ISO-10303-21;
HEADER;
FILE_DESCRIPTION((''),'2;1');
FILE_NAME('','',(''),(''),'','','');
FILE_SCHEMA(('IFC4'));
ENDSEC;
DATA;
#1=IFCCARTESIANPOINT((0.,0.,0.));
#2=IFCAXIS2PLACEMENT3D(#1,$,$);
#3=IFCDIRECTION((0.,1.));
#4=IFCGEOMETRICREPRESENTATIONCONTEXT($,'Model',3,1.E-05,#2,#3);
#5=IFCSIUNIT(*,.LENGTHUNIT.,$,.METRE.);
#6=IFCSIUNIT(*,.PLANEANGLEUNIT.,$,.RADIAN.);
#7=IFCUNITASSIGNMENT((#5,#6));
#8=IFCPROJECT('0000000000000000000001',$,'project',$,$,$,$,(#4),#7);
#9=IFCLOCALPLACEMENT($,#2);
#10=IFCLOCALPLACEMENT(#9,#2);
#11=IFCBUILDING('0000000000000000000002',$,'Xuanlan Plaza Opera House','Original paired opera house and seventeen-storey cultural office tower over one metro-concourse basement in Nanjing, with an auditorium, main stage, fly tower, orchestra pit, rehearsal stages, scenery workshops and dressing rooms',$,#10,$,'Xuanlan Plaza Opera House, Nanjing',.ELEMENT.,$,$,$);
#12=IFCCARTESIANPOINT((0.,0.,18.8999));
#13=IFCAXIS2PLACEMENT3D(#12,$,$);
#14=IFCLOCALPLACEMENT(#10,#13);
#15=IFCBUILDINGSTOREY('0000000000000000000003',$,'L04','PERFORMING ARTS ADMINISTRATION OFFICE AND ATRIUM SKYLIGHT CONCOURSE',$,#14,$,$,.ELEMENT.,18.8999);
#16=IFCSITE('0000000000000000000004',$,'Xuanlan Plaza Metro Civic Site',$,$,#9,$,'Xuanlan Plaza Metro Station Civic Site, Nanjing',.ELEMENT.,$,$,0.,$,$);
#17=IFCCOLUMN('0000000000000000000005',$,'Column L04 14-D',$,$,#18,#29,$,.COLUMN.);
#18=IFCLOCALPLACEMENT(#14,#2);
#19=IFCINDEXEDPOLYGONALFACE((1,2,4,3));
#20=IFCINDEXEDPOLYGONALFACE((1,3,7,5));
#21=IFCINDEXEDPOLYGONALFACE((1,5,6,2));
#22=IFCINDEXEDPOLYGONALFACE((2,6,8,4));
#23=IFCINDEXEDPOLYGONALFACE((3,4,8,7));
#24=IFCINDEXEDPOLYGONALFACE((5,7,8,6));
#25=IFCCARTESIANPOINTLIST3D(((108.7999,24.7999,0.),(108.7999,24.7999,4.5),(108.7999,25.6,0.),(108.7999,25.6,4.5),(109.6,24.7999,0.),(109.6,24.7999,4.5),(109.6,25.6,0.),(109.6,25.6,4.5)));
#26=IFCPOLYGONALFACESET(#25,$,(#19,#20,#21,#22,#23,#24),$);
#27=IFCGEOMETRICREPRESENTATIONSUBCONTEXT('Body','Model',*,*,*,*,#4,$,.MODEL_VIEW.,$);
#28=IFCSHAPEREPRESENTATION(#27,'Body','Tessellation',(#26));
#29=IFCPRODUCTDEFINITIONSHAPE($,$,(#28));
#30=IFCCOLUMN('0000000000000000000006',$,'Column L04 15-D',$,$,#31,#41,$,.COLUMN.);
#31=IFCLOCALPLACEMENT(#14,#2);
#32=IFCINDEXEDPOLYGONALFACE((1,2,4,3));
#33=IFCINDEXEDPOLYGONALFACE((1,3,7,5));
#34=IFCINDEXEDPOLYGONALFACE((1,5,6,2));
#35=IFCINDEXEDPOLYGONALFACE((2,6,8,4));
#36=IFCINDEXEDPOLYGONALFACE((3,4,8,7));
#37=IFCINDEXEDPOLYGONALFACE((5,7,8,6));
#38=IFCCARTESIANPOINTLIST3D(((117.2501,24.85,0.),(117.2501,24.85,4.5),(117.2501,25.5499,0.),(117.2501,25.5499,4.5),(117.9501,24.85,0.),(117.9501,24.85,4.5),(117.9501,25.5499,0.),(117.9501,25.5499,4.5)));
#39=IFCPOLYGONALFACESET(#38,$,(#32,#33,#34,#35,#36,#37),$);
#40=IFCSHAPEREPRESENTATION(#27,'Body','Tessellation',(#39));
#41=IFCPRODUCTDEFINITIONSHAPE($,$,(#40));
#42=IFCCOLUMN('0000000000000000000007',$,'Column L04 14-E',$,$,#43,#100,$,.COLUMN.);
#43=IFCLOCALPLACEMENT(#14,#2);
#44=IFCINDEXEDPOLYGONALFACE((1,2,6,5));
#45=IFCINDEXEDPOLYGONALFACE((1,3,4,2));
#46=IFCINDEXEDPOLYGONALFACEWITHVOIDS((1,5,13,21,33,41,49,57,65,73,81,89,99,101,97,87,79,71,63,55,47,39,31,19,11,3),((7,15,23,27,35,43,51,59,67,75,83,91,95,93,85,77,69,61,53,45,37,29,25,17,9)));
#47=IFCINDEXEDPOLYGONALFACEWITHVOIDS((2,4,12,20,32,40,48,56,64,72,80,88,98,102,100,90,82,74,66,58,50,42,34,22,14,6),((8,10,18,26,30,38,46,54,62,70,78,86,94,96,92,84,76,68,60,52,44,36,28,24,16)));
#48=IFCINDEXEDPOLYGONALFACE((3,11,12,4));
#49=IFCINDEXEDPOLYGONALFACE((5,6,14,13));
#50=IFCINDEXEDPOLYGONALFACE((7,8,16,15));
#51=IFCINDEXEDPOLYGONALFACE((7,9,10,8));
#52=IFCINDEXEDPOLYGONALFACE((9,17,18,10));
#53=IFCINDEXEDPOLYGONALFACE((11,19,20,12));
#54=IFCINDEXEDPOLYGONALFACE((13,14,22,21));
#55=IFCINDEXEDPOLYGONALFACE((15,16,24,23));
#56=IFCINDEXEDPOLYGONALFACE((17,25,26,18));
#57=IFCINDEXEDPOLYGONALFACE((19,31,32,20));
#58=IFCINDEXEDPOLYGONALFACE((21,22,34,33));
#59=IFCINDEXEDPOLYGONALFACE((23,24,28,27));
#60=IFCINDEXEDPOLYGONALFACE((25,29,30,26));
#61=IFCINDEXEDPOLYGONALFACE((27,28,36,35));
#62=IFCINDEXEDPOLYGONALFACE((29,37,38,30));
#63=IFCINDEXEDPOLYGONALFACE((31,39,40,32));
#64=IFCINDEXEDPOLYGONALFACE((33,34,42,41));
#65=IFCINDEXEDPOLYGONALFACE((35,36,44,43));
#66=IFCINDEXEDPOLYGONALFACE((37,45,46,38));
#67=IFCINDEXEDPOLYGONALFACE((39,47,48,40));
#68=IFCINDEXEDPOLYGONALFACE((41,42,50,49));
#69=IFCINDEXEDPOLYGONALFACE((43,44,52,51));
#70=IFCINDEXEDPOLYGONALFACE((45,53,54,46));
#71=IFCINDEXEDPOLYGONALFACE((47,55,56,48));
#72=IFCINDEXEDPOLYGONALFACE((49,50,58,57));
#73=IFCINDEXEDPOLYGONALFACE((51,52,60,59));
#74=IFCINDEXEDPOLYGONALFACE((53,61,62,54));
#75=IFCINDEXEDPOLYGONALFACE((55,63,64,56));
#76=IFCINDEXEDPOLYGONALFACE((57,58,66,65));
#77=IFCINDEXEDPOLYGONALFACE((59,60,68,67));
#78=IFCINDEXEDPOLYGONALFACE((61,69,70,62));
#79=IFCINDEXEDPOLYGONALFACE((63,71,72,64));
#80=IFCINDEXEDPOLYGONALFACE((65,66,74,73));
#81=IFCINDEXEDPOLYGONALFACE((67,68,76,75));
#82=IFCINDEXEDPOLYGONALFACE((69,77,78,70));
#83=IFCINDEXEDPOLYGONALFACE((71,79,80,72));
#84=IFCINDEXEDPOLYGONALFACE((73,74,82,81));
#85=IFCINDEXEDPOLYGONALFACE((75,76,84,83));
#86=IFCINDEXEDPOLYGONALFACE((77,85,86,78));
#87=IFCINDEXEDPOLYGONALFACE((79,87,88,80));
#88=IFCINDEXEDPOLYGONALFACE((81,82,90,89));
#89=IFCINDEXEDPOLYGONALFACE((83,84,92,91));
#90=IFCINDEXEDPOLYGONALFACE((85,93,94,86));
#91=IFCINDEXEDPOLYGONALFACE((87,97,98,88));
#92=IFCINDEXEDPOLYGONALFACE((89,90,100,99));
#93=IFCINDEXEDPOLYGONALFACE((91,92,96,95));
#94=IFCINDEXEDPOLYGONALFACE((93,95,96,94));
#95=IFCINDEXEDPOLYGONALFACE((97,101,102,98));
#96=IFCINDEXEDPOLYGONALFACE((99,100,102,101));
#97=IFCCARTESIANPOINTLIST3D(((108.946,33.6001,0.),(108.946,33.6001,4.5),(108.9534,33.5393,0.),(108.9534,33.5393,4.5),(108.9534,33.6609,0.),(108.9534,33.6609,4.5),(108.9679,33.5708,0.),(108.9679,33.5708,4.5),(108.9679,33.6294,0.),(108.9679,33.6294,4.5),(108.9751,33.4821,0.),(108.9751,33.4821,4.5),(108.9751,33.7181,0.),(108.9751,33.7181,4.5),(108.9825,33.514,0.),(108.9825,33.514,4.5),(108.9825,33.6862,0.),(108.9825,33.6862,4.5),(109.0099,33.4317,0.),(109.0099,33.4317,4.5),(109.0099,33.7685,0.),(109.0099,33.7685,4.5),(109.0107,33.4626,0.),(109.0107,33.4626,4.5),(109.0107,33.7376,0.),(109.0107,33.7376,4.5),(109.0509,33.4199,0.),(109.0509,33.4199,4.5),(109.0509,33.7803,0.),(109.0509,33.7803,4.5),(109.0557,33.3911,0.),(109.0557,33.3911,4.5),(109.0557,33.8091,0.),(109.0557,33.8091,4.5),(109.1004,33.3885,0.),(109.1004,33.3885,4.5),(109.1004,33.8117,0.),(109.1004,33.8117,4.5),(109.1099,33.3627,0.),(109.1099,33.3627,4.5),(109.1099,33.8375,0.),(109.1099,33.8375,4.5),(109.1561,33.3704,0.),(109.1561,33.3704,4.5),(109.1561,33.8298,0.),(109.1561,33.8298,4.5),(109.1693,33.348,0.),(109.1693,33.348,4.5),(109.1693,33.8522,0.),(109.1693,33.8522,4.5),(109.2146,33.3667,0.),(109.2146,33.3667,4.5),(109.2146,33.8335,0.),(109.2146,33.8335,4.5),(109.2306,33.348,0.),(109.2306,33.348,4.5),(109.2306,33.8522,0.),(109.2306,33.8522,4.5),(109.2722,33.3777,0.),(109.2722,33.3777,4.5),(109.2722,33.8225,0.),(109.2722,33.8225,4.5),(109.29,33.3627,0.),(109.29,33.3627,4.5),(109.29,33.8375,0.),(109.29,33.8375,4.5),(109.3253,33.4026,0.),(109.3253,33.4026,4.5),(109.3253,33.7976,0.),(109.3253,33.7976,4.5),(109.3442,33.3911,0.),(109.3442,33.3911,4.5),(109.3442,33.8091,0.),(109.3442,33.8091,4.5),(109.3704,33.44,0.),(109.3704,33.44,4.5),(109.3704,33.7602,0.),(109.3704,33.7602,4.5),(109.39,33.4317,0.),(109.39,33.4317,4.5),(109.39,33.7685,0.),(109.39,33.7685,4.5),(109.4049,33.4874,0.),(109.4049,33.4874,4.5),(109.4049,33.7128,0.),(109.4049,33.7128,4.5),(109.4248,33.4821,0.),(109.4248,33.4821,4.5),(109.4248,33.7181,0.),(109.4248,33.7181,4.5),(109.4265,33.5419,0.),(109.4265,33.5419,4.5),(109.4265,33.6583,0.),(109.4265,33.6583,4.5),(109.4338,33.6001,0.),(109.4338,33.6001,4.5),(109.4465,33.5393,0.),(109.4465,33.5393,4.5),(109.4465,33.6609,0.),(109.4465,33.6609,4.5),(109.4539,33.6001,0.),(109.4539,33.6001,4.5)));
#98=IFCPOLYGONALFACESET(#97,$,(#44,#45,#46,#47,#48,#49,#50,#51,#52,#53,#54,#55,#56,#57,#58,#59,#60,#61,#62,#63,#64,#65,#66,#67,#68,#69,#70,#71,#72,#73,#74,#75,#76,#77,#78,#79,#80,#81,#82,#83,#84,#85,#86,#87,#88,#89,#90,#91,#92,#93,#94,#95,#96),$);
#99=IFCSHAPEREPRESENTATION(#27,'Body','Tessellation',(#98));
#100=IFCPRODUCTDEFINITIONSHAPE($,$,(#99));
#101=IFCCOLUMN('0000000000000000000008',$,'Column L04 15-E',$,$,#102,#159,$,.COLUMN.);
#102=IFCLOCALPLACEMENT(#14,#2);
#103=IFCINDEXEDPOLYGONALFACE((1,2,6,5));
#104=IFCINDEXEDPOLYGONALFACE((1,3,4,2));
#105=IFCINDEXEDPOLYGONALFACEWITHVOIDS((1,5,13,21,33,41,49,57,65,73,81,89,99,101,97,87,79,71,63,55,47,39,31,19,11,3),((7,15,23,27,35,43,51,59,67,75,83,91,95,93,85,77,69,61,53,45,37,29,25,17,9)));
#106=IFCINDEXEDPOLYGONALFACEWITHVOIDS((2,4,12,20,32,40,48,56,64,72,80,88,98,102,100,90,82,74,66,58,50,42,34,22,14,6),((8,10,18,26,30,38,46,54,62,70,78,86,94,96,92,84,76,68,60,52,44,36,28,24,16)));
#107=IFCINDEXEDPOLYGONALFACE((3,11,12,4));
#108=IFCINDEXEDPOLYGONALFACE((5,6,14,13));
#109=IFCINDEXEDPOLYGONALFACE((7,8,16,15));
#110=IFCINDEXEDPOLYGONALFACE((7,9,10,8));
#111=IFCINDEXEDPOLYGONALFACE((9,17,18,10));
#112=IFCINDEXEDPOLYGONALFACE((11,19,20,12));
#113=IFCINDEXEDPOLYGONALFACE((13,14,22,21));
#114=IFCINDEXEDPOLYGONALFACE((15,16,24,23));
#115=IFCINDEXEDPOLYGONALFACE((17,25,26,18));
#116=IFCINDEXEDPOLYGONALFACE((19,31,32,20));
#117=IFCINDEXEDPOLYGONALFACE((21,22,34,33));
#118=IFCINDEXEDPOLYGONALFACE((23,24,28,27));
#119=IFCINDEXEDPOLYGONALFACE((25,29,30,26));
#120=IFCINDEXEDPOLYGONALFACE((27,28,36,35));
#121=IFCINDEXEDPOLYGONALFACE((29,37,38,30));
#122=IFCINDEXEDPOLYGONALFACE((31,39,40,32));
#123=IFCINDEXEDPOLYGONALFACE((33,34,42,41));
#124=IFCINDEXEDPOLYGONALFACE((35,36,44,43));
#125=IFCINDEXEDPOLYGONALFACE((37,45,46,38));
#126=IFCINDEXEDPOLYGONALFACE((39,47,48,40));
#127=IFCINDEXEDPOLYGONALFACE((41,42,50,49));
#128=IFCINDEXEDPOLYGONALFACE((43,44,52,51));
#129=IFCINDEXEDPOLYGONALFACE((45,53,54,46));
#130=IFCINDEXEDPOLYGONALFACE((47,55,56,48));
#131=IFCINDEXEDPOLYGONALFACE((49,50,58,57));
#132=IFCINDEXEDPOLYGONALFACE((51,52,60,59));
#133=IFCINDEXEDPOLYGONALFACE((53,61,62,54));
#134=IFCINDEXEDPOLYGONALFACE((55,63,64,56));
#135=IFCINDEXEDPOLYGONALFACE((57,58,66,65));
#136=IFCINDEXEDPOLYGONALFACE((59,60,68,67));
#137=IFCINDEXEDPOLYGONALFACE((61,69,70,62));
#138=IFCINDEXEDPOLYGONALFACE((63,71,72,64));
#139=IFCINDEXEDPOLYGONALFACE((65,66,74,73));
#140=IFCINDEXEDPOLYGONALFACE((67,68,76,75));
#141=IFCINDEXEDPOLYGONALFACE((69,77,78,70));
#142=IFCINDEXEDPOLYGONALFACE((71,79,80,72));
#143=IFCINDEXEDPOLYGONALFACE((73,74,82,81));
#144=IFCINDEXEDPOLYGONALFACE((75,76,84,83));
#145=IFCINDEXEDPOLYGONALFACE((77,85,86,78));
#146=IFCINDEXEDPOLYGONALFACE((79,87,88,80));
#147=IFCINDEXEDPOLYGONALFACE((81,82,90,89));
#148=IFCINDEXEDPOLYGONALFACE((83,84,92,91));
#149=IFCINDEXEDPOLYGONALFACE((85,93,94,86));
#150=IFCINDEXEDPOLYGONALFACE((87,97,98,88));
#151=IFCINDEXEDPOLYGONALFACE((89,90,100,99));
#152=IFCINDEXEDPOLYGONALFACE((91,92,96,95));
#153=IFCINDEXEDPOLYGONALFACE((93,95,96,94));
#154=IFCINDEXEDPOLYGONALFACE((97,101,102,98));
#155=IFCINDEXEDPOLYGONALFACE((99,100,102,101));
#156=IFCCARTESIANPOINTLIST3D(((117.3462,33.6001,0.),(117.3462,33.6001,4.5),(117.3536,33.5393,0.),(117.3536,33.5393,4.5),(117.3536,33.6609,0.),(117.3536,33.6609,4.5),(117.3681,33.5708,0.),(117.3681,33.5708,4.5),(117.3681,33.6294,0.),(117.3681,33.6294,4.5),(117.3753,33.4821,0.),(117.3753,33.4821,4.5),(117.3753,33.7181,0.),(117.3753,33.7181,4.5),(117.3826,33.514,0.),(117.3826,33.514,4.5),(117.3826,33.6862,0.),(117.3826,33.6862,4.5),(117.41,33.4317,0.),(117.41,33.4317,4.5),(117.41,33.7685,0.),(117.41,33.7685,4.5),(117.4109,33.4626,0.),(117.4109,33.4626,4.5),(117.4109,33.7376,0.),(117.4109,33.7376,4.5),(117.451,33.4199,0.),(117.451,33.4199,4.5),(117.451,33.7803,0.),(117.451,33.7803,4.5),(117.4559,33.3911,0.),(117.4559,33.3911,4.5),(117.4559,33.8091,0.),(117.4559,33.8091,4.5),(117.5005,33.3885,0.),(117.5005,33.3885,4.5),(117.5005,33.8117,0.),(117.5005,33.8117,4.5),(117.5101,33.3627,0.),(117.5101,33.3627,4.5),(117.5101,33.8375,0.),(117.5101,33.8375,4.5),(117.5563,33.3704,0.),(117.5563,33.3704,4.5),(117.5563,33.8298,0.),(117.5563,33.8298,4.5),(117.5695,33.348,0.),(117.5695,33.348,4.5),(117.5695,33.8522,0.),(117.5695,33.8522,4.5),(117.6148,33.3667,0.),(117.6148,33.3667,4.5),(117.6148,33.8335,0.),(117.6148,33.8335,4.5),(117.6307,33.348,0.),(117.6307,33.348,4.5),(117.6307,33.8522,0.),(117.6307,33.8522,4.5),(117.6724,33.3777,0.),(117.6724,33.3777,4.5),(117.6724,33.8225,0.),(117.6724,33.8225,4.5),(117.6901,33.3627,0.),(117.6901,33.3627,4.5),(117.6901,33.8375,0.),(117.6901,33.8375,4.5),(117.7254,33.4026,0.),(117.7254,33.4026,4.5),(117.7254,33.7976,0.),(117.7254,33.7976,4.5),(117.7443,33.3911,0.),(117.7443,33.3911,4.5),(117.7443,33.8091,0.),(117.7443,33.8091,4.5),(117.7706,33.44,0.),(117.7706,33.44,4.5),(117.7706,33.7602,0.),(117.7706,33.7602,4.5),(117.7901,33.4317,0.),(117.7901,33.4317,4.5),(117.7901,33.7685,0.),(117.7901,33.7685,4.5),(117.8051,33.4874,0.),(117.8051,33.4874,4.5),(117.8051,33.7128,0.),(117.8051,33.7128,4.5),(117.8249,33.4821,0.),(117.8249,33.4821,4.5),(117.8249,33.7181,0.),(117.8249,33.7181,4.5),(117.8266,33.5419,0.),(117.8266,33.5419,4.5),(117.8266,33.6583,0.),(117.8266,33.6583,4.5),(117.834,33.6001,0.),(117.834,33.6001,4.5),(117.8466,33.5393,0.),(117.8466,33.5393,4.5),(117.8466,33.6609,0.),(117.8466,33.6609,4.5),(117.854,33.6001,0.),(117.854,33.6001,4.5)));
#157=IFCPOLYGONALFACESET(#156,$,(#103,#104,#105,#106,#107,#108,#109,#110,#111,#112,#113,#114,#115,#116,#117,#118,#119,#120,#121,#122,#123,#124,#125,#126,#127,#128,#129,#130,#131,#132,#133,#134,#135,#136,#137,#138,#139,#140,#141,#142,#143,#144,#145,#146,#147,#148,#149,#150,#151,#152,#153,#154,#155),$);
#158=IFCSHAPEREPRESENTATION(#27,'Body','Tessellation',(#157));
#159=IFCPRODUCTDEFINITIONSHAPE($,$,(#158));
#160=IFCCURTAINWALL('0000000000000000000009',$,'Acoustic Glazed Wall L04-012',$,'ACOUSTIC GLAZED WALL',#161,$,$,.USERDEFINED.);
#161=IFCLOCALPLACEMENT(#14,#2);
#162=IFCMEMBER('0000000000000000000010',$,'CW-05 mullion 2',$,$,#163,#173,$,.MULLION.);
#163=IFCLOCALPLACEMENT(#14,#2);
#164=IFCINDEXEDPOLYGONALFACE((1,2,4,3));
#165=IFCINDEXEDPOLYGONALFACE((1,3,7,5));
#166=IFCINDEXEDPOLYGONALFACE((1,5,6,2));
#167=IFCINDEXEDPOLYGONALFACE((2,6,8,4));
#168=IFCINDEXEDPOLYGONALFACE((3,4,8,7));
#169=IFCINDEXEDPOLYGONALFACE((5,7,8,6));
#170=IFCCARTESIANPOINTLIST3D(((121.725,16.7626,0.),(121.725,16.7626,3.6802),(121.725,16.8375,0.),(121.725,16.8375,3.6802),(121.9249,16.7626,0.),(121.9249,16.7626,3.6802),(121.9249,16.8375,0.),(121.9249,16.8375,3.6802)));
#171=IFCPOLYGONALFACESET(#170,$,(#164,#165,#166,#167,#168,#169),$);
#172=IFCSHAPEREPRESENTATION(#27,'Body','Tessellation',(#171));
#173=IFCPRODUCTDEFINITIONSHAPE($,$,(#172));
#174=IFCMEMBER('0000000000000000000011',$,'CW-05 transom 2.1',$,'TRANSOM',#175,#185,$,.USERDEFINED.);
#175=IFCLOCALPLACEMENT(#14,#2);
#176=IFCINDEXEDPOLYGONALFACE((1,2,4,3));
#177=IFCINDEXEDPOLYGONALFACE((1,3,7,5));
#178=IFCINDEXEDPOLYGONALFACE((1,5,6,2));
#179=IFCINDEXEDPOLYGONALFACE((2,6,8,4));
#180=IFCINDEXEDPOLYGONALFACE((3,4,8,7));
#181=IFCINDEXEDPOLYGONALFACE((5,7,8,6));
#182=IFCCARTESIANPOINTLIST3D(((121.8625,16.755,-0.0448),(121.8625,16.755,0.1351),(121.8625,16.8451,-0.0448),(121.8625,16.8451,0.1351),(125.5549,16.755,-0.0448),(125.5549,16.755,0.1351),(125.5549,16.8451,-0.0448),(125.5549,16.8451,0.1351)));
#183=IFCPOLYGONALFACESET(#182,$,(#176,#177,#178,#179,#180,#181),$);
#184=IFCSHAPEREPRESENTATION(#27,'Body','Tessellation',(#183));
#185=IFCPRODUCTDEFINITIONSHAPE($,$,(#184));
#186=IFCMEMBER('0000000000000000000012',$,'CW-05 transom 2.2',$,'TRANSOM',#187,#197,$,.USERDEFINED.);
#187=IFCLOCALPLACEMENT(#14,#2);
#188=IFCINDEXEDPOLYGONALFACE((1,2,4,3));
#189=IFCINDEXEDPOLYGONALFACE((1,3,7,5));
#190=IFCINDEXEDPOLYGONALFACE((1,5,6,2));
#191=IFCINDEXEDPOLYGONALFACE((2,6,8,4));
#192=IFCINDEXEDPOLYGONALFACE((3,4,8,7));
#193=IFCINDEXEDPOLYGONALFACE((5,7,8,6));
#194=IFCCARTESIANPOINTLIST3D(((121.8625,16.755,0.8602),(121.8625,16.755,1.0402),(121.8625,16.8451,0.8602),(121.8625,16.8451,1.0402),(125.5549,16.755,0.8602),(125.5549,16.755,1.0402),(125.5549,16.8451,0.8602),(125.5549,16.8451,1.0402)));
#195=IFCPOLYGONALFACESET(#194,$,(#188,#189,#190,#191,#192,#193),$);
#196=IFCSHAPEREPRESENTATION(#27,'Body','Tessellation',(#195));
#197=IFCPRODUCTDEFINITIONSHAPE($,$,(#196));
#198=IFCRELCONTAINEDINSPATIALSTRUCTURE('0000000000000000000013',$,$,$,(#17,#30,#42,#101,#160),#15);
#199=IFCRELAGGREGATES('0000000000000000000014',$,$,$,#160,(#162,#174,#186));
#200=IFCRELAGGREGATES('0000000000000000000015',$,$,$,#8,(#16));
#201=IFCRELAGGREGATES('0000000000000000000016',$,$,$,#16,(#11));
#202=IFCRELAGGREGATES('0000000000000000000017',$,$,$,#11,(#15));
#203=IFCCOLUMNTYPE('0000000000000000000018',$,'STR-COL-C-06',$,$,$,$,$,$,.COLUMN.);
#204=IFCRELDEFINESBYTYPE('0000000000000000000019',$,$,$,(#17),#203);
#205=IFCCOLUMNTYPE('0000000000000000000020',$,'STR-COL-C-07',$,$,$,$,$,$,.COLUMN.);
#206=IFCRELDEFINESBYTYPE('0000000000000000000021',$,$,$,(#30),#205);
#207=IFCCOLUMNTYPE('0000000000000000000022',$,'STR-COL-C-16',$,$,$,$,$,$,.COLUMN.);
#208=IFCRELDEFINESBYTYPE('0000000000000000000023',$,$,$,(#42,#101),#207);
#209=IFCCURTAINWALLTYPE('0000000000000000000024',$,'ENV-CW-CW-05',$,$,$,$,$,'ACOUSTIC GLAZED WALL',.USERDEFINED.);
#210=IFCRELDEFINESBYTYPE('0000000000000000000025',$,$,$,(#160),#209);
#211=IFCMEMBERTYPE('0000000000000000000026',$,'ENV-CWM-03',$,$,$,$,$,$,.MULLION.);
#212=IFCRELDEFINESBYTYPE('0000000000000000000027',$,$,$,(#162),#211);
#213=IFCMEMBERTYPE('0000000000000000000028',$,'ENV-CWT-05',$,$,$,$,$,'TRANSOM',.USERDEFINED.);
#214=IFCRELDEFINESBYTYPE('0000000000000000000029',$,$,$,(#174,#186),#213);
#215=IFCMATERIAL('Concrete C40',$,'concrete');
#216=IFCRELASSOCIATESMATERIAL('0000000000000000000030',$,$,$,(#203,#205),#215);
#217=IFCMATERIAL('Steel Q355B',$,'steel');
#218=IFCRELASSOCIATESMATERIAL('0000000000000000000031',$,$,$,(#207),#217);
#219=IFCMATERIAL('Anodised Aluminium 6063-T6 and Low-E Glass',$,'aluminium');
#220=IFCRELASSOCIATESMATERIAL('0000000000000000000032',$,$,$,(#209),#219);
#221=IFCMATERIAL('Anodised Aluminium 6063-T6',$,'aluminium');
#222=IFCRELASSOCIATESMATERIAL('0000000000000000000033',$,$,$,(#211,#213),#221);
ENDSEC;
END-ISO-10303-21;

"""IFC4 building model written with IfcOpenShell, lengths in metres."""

from ifc_helpers import new_model, si_unit, direction, frame, origin, origin_2d, place, context, subcontext, project, spatial, rectangle, hollow_circle, extrude, material, material_profile, profile_set, type_object, element, aggregate, save


model = new_model("IFC4")

# Units and contexts
model_context = context("Model", 3, precision=1e-05, world=origin(), true_north=direction((0.0, 1.0)))
body_context = subcontext(model_context, "Body", "Model", "MODEL_VIEW")
ifc_project = project(units=[si_unit("LENGTHUNIT", "METRE"), si_unit("PLANEANGLEUNIT", "RADIAN")], contexts=[model_context])

# Site, building, storey
site_placement = place(None, origin())
site = spatial("IfcSite", under=ifc_project, at=site_placement, Name="Xuanlan Plaza Metro Civic Site", LongName="Xuanlan Plaza Metro Station Civic Site, Nanjing", CompositionType="ELEMENT", RefElevation=0.0)
building_placement = place(site_placement, origin())
building = spatial("IfcBuilding", under=site, at=building_placement, Name="Xuanlan Plaza Opera House", Description="Original paired opera house and seventeen-storey cultural office tower over one metro-concourse basement in Nanjing, with an auditorium, main stage, fly tower, orchestra pit, rehearsal stages, scenery workshops and dressing rooms", LongName="Xuanlan Plaza Opera House, Nanjing", CompositionType="ELEMENT")
storey_placement = place(building_placement, frame((0.0, 0.0, 18.8999)))
storey = spatial("IfcBuildingStorey", under=building, at=storey_placement, Name="L04", Description="PERFORMING ARTS ADMINISTRATION OFFICE AND ATRIUM SKYLIGHT CONCOURSE", CompositionType="ELEMENT", Elevation=18.8999)

# Columns
ifc_material_1 = material(Name="Concrete C40", Category="concrete")
ifc_material_profile_1 = material_profile(ifc_material_1, rectangle(XDim=0.8, YDim=0.8, at=origin_2d()), Name="RC-COL 800x800")
ifc_profile_set_1 = profile_set([ifc_material_profile_1], Name="Concrete C40")
column_type_1 = type_object("IfcColumnType", Name="STR-COL-C-06", PredefinedType="COLUMN", material=ifc_profile_set_1)
column_1_placement = place(storey_placement, frame((109.2, 25.2, 0.0), z_axis=(0.0, 0.0, 1.0), x_axis=(1.0, 0.0, 0.0)))
element("IfcColumn", 1, at=column_1_placement, inside=storey, type_object=column_type_1, Name="Column L04 14-D", PredefinedType="COLUMN", context=body_context, shape_type="SweptSolid", body=[
    extrude(rectangle(XDim=0.8, YDim=0.8, at=origin_2d()), origin(), (0.0, 0.0, 1.0), 4.5),
])
ifc_material_profile_2 = material_profile(ifc_material_1, rectangle(XDim=0.7, YDim=0.7, at=origin_2d()), Name="RC-COL 700x700")
ifc_profile_set_2 = profile_set([ifc_material_profile_2], Name="Concrete C40")
column_type_2 = type_object("IfcColumnType", Name="STR-COL-C-07", PredefinedType="COLUMN", material=ifc_profile_set_2)
column_2_placement = place(storey_placement, frame((117.6001, 25.2, 0.0), z_axis=(0.0, 0.0, 1.0), x_axis=(1.0, 0.0, 0.0)))
element("IfcColumn", 2, at=column_2_placement, inside=storey, type_object=column_type_2, Name="Column L04 15-D", PredefinedType="COLUMN", context=body_context, shape_type="SweptSolid", body=[
    extrude(rectangle(XDim=0.7, YDim=0.7, at=origin_2d()), origin(), (0.0, 0.0, 1.0), 4.5),
])
ifc_material_2 = material(Name="Steel Q355B", Category="steel")
ifc_material_profile_3 = material_profile(ifc_material_2, hollow_circle(Radius=0.2539, WallThickness=0.02, at=origin_2d()), Name="CHS 508x20")
ifc_profile_set_3 = profile_set([ifc_material_profile_3], Name="Steel Q355B")
column_type_3 = type_object("IfcColumnType", Name="STR-COL-C-16", PredefinedType="COLUMN", material=ifc_profile_set_3)
for number, where, z_axis, x_axis, name in (
    (3, (109.2, 33.6001, 0.0), (0.0, 0.0, 1.0), (1.0, 0.0, 0.0), "Column L04 14-E"),
    (4, (117.6001, 33.6001, 0.0), (0.0, 0.0, 1.0), (1.0, 0.0, 0.0), "Column L04 15-E"),
):
    element("IfcColumn", number, at=place(storey_placement, frame(where, z_axis=z_axis, x_axis=x_axis)), inside=storey, type_object=column_type_3, Name=name, PredefinedType="COLUMN", context=body_context, shape_type="SweptSolid", body=[
        extrude(hollow_circle(Radius=0.2539, WallThickness=0.02, at=origin_2d()), origin(), (0.0, 0.0, 1.0), 4.5),
    ])

# Curtain wall, members
ifc_material_3 = material(Name="Anodised Aluminium 6063-T6 and Low-E Glass", Category="aluminium")
curtain_wall_type = type_object("IfcCurtainWallType", Name="ENV-CW-CW-05", ElementType="ACOUSTIC GLAZED WALL", PredefinedType="USERDEFINED", material=ifc_material_3)
curtain_wall_placement = place(storey_placement, origin())
curtain_wall = element("IfcCurtainWall", 5, at=curtain_wall_placement, inside=storey, type_object=curtain_wall_type, Name="Acoustic Glazed Wall L04-012", ObjectType="ACOUSTIC GLAZED WALL", PredefinedType="USERDEFINED")
ifc_material_4 = material(Name="Anodised Aluminium 6063-T6", Category="aluminium")
ifc_material_profile_4 = material_profile(ifc_material_4, rectangle(XDim=0.075, YDim=0.2, at=origin_2d()), Name="ALU-M 75x200")
ifc_profile_set_4 = profile_set([ifc_material_profile_4], Name="Anodised Aluminium 6063-T6")
member_type_1 = type_object("IfcMemberType", Name="ENV-CWM-03", PredefinedType="MULLION", material=ifc_profile_set_4)
member_1_placement = place(storey_placement, frame((121.825, 16.8, 0.0), z_axis=(0.0, 0.0, 1.0), x_axis=(0.0, 1.0, 0.0)))
member_1 = element("IfcMember", 6, at=member_1_placement, type_object=member_type_1, Name="CW-05 mullion 2", PredefinedType="MULLION", context=body_context, shape_type="SweptSolid", body=[
    extrude(rectangle(XDim=0.075, YDim=0.2, at=origin_2d()), origin(), (0.0, 0.0, 1.0), 3.6802),
])
ifc_material_profile_5 = material_profile(ifc_material_4, rectangle(XDim=0.0901, YDim=0.1799, at=origin_2d()), Name="ALU-T 90x180")
ifc_profile_set_5 = profile_set([ifc_material_profile_5], Name="Anodised Aluminium 6063-T6")
member_type_2 = type_object("IfcMemberType", Name="ENV-CWT-05", ElementType="TRANSOM", PredefinedType="USERDEFINED", material=ifc_profile_set_5)
member_2_placement = place(storey_placement, frame((121.8625, 16.8, 0.0452), z_axis=(1.0, 0.0, 0.0), x_axis=(0.0, 1.0, 0.0)))
member_2 = element("IfcMember", 7, at=member_2_placement, type_object=member_type_2, Name="CW-05 transom 2.1", ObjectType="TRANSOM", PredefinedType="USERDEFINED", context=body_context, shape_type="SweptSolid", body=[
    extrude(rectangle(XDim=0.0901, YDim=0.1799, at=origin_2d()), origin(), (0.0, 0.0, 1.0), 3.6924),
])
member_3_placement = place(storey_placement, frame((121.8625, 16.8, 0.9502), z_axis=(1.0, 0.0, 0.0), x_axis=(0.0, 1.0, 0.0)))
member_3 = element("IfcMember", 8, at=member_3_placement, type_object=member_type_2, Name="CW-05 transom 2.2", ObjectType="TRANSOM", PredefinedType="USERDEFINED", context=body_context, shape_type="SweptSolid", body=[
    extrude(rectangle(XDim=0.0901, YDim=0.1799, at=origin_2d()), origin(), (0.0, 0.0, 1.0), 3.6924),
])

aggregate(curtain_wall, [member_1, member_2, member_3])

save(model, "model.ifc")
